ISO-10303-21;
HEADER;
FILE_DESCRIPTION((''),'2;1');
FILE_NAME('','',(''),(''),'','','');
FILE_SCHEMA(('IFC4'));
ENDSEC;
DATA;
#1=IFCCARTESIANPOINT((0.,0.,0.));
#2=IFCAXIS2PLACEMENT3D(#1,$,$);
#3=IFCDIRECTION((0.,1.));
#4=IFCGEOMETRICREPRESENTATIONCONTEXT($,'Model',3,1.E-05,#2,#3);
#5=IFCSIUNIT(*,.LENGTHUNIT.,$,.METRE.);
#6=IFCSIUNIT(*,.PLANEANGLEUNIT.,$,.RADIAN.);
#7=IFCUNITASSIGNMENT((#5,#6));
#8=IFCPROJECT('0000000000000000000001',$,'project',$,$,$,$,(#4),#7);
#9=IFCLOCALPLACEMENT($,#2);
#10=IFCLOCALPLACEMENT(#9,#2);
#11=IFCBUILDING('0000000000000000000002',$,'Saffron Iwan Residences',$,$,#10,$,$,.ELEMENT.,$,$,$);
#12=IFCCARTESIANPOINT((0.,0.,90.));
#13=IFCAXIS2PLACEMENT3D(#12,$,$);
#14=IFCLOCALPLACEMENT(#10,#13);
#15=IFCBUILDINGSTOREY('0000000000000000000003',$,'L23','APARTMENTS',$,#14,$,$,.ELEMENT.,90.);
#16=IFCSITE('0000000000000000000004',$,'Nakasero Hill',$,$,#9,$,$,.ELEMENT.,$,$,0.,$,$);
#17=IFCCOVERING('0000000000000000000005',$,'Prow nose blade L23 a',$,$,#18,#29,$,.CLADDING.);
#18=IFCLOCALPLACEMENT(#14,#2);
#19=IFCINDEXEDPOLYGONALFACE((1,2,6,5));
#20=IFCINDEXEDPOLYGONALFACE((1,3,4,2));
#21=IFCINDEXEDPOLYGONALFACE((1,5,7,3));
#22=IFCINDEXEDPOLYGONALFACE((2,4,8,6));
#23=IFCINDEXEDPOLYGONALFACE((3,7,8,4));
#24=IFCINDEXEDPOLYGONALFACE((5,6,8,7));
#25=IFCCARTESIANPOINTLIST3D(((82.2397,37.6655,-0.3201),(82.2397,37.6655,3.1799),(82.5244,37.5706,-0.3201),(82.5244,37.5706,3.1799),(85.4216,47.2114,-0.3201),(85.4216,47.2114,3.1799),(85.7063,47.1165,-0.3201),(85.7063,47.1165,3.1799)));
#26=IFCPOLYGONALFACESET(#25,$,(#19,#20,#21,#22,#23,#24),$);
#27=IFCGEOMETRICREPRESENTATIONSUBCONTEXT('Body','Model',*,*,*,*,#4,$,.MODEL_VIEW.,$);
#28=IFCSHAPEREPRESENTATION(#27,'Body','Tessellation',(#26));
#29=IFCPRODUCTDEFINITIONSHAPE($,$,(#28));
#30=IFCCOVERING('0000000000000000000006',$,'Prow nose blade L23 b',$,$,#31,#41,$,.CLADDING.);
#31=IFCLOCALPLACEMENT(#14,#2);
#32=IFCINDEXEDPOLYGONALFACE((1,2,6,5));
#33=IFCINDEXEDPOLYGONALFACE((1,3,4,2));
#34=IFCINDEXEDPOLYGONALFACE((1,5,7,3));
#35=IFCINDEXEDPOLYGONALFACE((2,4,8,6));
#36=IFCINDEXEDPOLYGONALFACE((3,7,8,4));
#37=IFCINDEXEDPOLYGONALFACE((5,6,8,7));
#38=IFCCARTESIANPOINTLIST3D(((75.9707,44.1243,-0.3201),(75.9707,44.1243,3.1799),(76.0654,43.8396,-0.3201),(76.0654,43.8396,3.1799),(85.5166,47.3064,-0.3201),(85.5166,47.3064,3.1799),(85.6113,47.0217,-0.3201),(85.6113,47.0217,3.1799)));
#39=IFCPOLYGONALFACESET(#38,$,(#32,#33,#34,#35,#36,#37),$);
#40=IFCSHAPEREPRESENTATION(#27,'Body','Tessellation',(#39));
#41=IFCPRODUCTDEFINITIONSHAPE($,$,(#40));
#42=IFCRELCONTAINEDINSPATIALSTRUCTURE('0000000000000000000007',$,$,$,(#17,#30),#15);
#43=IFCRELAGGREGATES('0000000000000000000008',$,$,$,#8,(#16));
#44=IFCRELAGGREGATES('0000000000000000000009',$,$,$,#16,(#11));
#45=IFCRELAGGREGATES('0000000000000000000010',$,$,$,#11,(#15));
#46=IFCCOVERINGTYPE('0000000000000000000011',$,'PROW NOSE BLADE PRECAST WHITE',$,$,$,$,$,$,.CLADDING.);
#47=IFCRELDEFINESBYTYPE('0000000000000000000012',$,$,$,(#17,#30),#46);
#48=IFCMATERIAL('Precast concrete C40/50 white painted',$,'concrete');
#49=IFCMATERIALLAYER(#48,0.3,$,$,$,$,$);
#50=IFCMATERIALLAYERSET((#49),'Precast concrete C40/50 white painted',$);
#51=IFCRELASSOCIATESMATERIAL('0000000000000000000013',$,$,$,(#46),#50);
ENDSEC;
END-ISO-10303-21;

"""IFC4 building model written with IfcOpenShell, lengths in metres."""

from ifc_helpers import new_model, si_unit, direction, frame, origin, place, context, subcontext, project, spatial, polyline, outline, extrude, material, layer, layer_set, type_object, element, save


model = new_model("IFC4")

# Units and contexts
model_context = context("Model", 3, precision=1e-05, world=origin(), true_north=direction((0.0, 1.0)))
body_context = subcontext(model_context, "Body", "Model", "MODEL_VIEW")
ifc_project = project(units=[si_unit("LENGTHUNIT", "METRE"), si_unit("PLANEANGLEUNIT", "RADIAN")], contexts=[model_context])

# Site, building, storey
site_placement = place(None, origin())
site = spatial("IfcSite", under=ifc_project, at=site_placement, Name="Nakasero Hill", CompositionType="ELEMENT", RefElevation=0.0)
building_placement = place(site_placement, origin())
building = spatial("IfcBuilding", under=site, at=building_placement, Name="Saffron Iwan Residences", CompositionType="ELEMENT")
storey_placement = place(building_placement, frame((0.0, 0.0, 90.0)))
storey = spatial("IfcBuildingStorey", under=building, at=storey_placement, Name="L23", Description="APARTMENTS", CompositionType="ELEMENT", Elevation=90.0)

# Coverings
ifc_material_1 = material(Name="Precast concrete C40/50 white painted", Category="concrete")
ifc_layer_1 = layer(ifc_material_1, 0.3)
ifc_layer_set_1 = layer_set([ifc_layer_1], Name="Precast concrete C40/50 white painted")
covering_type_1 = type_object("IfcCoveringType", Name="PROW NOSE BLADE PRECAST WHITE", PredefinedType="CLADDING", material=ifc_layer_set_1)
covering_1_placement = place(storey_placement, frame((0.0, 0.0, -0.3201)))
element("IfcCovering", 1, at=covering_1_placement, inside=storey, type_object=covering_type_1, Name="Prow nose blade L23 a", PredefinedType="CLADDING", context=body_context, shape_type="SweptSolid", body=[
    extrude(outline(polyline([(82.5244, 37.5706), (85.7063, 47.1165), (85.4216, 47.2114), (82.2397, 37.6655), (82.5244, 37.5706)])), origin(), (0.0, 0.0, 1.0), 3.5),
])
covering_2_placement = place(storey_placement, frame((0.0, 0.0, -0.3201)))
element("IfcCovering", 2, at=covering_2_placement, inside=storey, type_object=covering_type_1, Name="Prow nose blade L23 b", PredefinedType="CLADDING", context=body_context, shape_type="SweptSolid", body=[
    extrude(outline(polyline([(76.0654, 43.8396), (85.6113, 47.0217), (85.5166, 47.3064), (75.9707, 44.1243), (76.0654, 43.8396)])), origin(), (0.0, 0.0, 1.0), 3.5),
])

save(model, "model.ifc")
